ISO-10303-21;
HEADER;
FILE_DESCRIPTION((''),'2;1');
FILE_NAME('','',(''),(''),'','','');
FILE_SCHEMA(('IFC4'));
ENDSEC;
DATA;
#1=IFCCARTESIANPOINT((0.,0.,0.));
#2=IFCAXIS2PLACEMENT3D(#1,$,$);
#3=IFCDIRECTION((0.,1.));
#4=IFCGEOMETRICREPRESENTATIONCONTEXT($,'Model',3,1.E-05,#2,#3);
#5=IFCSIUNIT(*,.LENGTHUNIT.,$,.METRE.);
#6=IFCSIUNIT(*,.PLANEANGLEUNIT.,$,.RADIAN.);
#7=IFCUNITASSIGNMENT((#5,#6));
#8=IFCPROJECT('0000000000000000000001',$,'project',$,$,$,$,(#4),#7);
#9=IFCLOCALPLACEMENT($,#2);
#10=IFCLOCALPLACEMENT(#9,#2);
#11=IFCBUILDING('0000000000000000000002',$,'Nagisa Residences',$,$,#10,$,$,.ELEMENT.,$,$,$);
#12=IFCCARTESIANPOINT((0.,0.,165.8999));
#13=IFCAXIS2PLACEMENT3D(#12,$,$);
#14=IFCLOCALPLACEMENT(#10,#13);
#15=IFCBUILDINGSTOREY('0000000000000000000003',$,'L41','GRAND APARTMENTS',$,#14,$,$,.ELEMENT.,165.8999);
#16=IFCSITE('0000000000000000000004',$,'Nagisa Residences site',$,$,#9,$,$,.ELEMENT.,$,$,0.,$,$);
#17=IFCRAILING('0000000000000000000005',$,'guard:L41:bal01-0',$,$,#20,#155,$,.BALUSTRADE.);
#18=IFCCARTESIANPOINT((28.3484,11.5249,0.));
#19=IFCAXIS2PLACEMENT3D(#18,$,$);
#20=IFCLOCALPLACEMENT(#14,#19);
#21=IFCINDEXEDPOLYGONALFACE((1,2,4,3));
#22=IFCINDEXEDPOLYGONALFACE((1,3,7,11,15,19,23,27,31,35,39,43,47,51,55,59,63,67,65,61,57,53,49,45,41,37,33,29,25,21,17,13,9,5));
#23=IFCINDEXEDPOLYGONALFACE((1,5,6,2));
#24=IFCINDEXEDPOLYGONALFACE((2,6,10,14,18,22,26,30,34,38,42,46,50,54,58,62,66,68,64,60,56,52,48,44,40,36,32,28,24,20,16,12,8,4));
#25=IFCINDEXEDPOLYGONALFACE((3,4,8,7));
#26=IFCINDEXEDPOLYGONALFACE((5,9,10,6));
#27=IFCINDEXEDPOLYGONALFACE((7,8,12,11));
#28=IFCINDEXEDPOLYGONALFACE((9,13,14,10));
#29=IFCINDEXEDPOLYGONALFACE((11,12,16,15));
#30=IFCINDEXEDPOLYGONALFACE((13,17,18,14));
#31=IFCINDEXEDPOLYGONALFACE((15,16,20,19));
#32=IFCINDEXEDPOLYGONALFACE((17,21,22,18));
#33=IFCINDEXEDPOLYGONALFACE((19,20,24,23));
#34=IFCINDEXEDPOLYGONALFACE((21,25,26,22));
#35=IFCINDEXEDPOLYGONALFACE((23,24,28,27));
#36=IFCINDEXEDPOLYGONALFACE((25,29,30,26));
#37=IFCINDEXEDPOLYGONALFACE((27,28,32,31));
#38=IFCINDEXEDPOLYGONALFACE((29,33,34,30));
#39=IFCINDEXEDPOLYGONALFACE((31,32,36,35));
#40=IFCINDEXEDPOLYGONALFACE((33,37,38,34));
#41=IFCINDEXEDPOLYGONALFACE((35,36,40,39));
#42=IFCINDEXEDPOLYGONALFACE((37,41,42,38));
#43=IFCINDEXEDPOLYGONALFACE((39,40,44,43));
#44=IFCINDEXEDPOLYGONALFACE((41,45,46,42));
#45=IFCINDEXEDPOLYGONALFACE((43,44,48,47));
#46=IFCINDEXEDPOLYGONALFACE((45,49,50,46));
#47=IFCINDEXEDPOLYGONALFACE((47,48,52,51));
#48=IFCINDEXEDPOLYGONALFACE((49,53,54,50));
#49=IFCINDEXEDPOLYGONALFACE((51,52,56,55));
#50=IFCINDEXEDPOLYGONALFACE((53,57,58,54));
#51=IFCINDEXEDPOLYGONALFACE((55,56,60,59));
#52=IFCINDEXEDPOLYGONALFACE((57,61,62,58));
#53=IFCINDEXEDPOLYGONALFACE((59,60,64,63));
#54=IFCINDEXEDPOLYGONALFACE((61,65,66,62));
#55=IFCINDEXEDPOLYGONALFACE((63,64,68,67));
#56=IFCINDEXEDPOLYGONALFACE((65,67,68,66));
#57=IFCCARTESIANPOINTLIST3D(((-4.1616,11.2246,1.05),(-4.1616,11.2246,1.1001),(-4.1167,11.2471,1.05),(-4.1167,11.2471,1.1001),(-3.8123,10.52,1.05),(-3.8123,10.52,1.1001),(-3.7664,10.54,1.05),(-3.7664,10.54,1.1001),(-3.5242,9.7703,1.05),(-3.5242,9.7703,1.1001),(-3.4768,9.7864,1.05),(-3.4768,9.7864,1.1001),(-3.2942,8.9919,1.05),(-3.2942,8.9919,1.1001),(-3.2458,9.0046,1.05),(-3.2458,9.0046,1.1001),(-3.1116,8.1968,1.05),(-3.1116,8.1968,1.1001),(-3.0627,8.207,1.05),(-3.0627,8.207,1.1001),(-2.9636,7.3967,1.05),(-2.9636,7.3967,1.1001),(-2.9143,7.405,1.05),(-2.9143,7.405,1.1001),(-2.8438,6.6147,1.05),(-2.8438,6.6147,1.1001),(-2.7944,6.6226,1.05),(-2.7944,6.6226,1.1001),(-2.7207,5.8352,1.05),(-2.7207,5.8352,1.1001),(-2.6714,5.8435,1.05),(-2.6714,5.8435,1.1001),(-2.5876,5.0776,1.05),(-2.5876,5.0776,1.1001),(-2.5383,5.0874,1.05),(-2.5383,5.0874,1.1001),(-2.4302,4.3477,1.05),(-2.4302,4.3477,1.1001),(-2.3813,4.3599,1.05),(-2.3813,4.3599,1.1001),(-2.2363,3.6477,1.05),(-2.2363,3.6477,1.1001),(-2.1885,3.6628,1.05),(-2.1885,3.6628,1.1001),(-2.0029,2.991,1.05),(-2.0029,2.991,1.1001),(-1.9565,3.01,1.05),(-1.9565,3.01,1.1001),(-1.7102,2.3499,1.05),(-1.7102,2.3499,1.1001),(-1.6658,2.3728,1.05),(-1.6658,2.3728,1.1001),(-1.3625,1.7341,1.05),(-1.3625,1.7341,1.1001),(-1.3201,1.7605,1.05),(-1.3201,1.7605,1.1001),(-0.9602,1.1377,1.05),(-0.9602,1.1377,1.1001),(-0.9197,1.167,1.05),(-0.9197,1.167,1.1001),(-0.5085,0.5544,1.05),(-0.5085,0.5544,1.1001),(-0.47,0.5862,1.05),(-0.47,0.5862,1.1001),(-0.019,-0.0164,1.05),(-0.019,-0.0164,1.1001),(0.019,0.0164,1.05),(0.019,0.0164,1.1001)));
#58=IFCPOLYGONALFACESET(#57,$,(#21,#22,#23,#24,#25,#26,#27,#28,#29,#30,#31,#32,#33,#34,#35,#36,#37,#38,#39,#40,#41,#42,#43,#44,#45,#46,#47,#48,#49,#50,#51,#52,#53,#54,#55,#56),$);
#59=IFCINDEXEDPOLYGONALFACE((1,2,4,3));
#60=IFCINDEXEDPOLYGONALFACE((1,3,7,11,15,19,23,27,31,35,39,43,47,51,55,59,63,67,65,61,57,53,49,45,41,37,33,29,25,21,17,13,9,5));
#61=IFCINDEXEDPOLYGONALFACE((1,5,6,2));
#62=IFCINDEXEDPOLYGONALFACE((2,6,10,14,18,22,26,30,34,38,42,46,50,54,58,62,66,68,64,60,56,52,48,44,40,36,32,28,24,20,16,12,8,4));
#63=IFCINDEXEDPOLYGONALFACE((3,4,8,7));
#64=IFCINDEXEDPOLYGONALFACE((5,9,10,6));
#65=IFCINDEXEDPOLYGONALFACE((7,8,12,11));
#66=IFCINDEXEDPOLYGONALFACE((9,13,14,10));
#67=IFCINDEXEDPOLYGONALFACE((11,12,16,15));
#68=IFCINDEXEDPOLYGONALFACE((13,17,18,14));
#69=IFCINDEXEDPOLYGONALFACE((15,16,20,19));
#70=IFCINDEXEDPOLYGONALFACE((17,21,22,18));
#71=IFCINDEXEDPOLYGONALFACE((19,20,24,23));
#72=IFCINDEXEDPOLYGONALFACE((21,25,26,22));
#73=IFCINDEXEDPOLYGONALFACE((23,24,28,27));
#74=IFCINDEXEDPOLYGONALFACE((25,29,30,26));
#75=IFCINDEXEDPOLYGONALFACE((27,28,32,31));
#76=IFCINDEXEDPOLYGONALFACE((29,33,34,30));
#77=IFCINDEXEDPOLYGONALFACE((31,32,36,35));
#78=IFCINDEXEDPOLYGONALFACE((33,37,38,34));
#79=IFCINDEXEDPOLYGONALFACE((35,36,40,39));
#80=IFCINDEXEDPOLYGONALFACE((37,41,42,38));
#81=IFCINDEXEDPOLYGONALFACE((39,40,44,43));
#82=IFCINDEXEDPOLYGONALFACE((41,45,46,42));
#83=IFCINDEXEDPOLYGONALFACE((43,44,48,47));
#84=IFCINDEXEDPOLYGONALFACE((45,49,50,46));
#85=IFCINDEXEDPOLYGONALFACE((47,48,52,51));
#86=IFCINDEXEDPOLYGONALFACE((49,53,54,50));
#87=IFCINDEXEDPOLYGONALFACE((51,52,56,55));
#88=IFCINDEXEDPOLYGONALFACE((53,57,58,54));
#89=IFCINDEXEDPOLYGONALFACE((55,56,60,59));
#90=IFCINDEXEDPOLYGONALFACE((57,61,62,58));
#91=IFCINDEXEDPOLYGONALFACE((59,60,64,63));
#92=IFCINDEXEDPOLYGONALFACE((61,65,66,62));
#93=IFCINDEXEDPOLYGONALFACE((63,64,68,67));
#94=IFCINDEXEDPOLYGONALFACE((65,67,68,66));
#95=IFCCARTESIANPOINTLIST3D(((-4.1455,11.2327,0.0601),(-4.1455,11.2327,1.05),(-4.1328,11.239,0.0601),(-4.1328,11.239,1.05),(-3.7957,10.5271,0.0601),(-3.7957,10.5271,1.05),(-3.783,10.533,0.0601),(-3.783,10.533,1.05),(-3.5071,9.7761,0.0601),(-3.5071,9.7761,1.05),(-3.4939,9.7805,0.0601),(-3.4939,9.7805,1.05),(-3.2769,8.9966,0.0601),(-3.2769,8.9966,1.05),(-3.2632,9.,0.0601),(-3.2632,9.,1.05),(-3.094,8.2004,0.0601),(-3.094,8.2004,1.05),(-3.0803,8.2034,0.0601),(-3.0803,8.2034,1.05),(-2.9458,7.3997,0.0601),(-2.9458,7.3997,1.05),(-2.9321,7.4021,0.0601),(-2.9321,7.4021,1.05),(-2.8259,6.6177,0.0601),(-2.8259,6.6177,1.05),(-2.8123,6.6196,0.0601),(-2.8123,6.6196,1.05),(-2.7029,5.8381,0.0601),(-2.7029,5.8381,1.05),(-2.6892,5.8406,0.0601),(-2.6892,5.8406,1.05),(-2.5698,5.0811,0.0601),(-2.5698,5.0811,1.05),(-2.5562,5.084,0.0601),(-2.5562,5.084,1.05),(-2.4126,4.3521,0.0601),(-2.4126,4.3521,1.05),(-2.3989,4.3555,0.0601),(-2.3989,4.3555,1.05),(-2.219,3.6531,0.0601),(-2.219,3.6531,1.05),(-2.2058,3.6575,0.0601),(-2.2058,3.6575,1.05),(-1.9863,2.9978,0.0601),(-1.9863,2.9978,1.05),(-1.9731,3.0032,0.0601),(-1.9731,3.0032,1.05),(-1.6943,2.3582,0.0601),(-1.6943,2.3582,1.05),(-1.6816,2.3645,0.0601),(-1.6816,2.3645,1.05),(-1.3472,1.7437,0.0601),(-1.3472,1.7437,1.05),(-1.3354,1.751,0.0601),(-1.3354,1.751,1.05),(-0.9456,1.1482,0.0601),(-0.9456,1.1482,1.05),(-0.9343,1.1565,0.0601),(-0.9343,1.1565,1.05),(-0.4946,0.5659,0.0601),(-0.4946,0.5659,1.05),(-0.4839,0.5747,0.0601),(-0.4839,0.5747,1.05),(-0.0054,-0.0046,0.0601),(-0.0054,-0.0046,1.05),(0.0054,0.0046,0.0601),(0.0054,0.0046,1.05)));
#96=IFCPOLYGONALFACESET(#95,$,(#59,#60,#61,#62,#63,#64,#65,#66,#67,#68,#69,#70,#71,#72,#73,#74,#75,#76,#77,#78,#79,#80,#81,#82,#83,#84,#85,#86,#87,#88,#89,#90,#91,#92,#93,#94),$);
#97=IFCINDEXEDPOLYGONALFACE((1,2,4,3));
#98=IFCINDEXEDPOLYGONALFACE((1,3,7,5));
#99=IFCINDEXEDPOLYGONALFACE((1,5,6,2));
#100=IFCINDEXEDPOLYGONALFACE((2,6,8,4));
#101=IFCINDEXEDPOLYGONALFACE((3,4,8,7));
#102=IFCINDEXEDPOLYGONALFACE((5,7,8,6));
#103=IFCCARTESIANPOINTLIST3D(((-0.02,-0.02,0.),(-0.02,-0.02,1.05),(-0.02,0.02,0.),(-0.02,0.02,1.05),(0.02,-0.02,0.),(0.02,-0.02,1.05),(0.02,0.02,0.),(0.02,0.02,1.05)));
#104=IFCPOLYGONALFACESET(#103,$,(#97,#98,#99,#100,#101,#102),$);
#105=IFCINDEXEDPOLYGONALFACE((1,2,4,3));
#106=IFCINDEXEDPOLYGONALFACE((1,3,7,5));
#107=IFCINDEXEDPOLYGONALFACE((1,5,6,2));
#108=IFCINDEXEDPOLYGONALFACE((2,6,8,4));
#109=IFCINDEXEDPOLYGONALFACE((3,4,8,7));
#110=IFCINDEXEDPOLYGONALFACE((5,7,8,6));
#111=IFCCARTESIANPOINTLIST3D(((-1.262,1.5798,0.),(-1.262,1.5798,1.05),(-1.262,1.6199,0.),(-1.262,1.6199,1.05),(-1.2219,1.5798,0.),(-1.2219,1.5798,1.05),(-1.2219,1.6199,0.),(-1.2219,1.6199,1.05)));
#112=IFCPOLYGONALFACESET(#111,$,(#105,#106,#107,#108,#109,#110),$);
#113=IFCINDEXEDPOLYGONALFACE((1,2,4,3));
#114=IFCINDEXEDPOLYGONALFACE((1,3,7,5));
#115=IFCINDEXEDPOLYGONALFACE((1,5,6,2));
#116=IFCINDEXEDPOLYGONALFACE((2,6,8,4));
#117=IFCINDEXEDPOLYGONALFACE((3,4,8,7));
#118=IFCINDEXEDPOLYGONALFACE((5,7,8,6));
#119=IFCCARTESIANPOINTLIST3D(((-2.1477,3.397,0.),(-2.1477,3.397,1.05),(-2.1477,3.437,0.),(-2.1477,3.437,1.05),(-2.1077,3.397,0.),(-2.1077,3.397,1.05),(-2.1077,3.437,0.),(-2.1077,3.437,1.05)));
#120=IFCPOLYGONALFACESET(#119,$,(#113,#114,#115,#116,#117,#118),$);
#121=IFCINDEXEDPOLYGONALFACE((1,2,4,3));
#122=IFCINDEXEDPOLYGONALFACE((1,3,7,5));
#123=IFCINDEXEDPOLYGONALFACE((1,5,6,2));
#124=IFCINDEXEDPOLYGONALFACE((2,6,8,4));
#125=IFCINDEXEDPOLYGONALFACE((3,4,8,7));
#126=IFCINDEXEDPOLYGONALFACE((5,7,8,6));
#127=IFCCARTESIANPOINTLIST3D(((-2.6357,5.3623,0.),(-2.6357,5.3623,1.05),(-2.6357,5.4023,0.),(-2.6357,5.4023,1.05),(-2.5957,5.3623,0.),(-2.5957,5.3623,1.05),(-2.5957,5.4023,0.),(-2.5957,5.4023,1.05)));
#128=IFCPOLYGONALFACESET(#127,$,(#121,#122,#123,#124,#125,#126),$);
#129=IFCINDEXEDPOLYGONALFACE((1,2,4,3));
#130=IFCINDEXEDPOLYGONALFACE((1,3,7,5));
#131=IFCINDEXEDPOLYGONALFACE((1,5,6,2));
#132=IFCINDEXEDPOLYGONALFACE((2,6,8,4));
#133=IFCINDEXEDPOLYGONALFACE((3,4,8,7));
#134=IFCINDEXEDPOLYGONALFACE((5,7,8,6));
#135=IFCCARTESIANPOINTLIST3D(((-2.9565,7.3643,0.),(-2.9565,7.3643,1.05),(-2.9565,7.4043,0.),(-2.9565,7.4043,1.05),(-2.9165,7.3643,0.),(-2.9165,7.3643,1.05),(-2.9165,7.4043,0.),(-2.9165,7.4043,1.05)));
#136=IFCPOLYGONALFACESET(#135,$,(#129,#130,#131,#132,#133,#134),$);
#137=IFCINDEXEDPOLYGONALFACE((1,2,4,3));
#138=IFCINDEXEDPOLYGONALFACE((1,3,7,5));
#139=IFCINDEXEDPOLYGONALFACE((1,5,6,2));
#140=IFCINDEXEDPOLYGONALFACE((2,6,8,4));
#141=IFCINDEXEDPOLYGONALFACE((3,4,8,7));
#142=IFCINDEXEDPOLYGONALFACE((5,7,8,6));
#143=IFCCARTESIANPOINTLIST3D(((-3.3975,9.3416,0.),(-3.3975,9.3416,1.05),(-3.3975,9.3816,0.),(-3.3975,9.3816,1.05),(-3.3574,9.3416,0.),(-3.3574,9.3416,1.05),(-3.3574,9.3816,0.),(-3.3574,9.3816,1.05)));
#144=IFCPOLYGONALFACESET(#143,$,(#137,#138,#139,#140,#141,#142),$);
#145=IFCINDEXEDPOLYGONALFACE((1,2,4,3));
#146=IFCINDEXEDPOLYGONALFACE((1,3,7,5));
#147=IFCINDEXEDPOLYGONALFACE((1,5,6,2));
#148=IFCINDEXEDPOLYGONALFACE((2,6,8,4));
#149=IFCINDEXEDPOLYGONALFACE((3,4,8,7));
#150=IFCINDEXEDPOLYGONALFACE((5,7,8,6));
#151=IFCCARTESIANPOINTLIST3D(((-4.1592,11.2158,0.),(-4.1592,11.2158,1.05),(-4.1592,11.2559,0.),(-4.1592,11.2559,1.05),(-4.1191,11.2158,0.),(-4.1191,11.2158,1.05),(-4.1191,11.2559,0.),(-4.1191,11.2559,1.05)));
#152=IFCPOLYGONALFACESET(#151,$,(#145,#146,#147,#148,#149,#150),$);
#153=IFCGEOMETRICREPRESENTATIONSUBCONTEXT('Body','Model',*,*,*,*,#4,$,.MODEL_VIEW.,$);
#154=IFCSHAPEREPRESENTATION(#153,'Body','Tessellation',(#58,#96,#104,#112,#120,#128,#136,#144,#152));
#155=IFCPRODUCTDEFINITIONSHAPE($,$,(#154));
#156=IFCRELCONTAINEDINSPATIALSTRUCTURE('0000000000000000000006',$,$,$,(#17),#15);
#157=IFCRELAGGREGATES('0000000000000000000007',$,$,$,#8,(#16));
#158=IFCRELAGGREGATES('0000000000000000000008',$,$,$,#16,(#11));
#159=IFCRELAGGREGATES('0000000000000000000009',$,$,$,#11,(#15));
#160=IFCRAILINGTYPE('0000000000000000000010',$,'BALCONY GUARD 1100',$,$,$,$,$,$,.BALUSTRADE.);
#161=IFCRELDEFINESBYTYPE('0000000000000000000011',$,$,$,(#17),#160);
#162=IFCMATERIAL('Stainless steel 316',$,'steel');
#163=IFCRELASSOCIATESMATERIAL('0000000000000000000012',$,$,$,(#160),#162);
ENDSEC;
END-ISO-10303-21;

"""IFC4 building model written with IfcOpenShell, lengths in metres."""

from ifc_helpers import new_model, si_unit, direction, frame, origin, origin_2d, place, context, subcontext, project, spatial, polyline, rectangle, outline, extrude, material, type_object, element, save


model = new_model("IFC4")

# Units and contexts
model_context = context("Model", 3, precision=1e-05, world=origin(), true_north=direction((0.0, 1.0)))
body_context = subcontext(model_context, "Body", "Model", "MODEL_VIEW")
ifc_project = project(units=[si_unit("LENGTHUNIT", "METRE"), si_unit("PLANEANGLEUNIT", "RADIAN")], contexts=[model_context])

# Site, building, storey
site_placement = place(None, origin())
site = spatial("IfcSite", under=ifc_project, at=site_placement, Name="Nagisa Residences site", CompositionType="ELEMENT", RefElevation=0.0)
building_placement = place(site_placement, origin())
building = spatial("IfcBuilding", under=site, at=building_placement, Name="Nagisa Residences", CompositionType="ELEMENT")
storey_placement = place(building_placement, frame((0.0, 0.0, 165.8999)))
storey = spatial("IfcBuildingStorey", under=building, at=storey_placement, Name="L41", Description="GRAND APARTMENTS", CompositionType="ELEMENT", Elevation=165.8999)

# Railing
ifc_material_1 = material(Name="Stainless steel 316", Category="steel")
railing_type = type_object("IfcRailingType", Name="BALCONY GUARD 1100", PredefinedType="BALUSTRADE", material=ifc_material_1)
railing_placement = place(storey_placement, frame((28.3484, 11.5249, 0.0)))
element("IfcRailing", 1, at=railing_placement, inside=storey, type_object=railing_type, Name="guard:L41:bal01-0", PredefinedType="BALUSTRADE", context=body_context, shape_type="SweptSolid", body=[
    extrude(outline(polyline([(-0.5085, 0.5544), (-0.019, -0.0164), (0.019, 0.0164), (-0.47, 0.5862), (-0.9197, 1.167), (-1.3201, 1.7605), (-1.6658, 2.3728), (-1.9565, 3.01), (-2.1885, 3.6628), (-2.3813, 4.3599), (-2.5383, 5.0874), (-2.6714, 5.8435), (-2.7944, 6.6226), (-2.9143, 7.405), (-3.0627, 8.207), (-3.2458, 9.0046), (-3.4768, 9.7864), (-3.7664, 10.54), (-4.1167, 11.2471), (-4.1616, 11.2246), (-3.8123, 10.52), (-3.5242, 9.7703), (-3.2942, 8.9919), (-3.1116, 8.1968), (-2.9636, 7.3967), (-2.8438, 6.6147), (-2.7207, 5.8352), (-2.5876, 5.0776), (-2.4302, 4.3477), (-2.2363, 3.6477), (-2.0029, 2.991), (-1.7102, 2.3499), (-1.3625, 1.7341), (-0.9602, 1.1377), (-0.5085, 0.5544)])), frame((0.0, 0.0, 1.05)), (0.0, 0.0, 1.0), 0.05),
    extrude(outline(polyline([(-0.4946, 0.5659), (-0.0054, -0.0046), (0.0054, 0.0046), (-0.4839, 0.5747), (-0.9343, 1.1565), (-1.3354, 1.751), (-1.6816, 2.3645), (-1.9731, 3.0032), (-2.2058, 3.6575), (-2.3989, 4.3555), (-2.5562, 5.084), (-2.6892, 5.8406), (-2.8123, 6.6196), (-2.9321, 7.4021), (-3.0803, 8.2034), (-3.2632, 9.0), (-3.4939, 9.7805), (-3.783, 10.533), (-4.1328, 11.239), (-4.1455, 11.2327), (-3.7957, 10.5271), (-3.5071, 9.7761), (-3.2769, 8.9966), (-3.094, 8.2004), (-2.9458, 7.3997), (-2.8259, 6.6177), (-2.7029, 5.8381), (-2.5698, 5.0811), (-2.4126, 4.3521), (-2.219, 3.6531), (-1.9863, 2.9978), (-1.6943, 2.3582), (-1.3472, 1.7437), (-0.9456, 1.1482), (-0.4946, 0.5659)])), frame((0.0, 0.0, 0.0601)), (0.0, 0.0, 1.0), 0.99),
    extrude(rectangle(XDim=0.04, YDim=0.04, at=origin_2d()), origin(), (0.0, 0.0, 1.0), 1.05),
    extrude(rectangle(XDim=0.04, YDim=0.04, at=origin_2d()), frame((-1.2419, 1.5999, 0.0)), (0.0, 0.0, 1.0), 1.05),
    extrude(rectangle(XDim=0.04, YDim=0.04, at=origin_2d()), frame((-2.1277, 3.417, 0.0)), (0.0, 0.0, 1.0), 1.05),
    extrude(rectangle(XDim=0.04, YDim=0.04, at=origin_2d()), frame((-2.6157, 5.3823, 0.0)), (0.0, 0.0, 1.0), 1.05),
    extrude(rectangle(XDim=0.04, YDim=0.04, at=origin_2d()), frame((-2.9365, 7.3843, 0.0)), (0.0, 0.0, 1.0), 1.05),
    extrude(rectangle(XDim=0.04, YDim=0.04, at=origin_2d()), frame((-3.3774, 9.3616, 0.0)), (0.0, 0.0, 1.0), 1.05),
    extrude(rectangle(XDim=0.04, YDim=0.04, at=origin_2d()), frame((-4.1392, 11.2358, 0.0)), (0.0, 0.0, 1.0), 1.05),
])

save(model, "model.ifc")
